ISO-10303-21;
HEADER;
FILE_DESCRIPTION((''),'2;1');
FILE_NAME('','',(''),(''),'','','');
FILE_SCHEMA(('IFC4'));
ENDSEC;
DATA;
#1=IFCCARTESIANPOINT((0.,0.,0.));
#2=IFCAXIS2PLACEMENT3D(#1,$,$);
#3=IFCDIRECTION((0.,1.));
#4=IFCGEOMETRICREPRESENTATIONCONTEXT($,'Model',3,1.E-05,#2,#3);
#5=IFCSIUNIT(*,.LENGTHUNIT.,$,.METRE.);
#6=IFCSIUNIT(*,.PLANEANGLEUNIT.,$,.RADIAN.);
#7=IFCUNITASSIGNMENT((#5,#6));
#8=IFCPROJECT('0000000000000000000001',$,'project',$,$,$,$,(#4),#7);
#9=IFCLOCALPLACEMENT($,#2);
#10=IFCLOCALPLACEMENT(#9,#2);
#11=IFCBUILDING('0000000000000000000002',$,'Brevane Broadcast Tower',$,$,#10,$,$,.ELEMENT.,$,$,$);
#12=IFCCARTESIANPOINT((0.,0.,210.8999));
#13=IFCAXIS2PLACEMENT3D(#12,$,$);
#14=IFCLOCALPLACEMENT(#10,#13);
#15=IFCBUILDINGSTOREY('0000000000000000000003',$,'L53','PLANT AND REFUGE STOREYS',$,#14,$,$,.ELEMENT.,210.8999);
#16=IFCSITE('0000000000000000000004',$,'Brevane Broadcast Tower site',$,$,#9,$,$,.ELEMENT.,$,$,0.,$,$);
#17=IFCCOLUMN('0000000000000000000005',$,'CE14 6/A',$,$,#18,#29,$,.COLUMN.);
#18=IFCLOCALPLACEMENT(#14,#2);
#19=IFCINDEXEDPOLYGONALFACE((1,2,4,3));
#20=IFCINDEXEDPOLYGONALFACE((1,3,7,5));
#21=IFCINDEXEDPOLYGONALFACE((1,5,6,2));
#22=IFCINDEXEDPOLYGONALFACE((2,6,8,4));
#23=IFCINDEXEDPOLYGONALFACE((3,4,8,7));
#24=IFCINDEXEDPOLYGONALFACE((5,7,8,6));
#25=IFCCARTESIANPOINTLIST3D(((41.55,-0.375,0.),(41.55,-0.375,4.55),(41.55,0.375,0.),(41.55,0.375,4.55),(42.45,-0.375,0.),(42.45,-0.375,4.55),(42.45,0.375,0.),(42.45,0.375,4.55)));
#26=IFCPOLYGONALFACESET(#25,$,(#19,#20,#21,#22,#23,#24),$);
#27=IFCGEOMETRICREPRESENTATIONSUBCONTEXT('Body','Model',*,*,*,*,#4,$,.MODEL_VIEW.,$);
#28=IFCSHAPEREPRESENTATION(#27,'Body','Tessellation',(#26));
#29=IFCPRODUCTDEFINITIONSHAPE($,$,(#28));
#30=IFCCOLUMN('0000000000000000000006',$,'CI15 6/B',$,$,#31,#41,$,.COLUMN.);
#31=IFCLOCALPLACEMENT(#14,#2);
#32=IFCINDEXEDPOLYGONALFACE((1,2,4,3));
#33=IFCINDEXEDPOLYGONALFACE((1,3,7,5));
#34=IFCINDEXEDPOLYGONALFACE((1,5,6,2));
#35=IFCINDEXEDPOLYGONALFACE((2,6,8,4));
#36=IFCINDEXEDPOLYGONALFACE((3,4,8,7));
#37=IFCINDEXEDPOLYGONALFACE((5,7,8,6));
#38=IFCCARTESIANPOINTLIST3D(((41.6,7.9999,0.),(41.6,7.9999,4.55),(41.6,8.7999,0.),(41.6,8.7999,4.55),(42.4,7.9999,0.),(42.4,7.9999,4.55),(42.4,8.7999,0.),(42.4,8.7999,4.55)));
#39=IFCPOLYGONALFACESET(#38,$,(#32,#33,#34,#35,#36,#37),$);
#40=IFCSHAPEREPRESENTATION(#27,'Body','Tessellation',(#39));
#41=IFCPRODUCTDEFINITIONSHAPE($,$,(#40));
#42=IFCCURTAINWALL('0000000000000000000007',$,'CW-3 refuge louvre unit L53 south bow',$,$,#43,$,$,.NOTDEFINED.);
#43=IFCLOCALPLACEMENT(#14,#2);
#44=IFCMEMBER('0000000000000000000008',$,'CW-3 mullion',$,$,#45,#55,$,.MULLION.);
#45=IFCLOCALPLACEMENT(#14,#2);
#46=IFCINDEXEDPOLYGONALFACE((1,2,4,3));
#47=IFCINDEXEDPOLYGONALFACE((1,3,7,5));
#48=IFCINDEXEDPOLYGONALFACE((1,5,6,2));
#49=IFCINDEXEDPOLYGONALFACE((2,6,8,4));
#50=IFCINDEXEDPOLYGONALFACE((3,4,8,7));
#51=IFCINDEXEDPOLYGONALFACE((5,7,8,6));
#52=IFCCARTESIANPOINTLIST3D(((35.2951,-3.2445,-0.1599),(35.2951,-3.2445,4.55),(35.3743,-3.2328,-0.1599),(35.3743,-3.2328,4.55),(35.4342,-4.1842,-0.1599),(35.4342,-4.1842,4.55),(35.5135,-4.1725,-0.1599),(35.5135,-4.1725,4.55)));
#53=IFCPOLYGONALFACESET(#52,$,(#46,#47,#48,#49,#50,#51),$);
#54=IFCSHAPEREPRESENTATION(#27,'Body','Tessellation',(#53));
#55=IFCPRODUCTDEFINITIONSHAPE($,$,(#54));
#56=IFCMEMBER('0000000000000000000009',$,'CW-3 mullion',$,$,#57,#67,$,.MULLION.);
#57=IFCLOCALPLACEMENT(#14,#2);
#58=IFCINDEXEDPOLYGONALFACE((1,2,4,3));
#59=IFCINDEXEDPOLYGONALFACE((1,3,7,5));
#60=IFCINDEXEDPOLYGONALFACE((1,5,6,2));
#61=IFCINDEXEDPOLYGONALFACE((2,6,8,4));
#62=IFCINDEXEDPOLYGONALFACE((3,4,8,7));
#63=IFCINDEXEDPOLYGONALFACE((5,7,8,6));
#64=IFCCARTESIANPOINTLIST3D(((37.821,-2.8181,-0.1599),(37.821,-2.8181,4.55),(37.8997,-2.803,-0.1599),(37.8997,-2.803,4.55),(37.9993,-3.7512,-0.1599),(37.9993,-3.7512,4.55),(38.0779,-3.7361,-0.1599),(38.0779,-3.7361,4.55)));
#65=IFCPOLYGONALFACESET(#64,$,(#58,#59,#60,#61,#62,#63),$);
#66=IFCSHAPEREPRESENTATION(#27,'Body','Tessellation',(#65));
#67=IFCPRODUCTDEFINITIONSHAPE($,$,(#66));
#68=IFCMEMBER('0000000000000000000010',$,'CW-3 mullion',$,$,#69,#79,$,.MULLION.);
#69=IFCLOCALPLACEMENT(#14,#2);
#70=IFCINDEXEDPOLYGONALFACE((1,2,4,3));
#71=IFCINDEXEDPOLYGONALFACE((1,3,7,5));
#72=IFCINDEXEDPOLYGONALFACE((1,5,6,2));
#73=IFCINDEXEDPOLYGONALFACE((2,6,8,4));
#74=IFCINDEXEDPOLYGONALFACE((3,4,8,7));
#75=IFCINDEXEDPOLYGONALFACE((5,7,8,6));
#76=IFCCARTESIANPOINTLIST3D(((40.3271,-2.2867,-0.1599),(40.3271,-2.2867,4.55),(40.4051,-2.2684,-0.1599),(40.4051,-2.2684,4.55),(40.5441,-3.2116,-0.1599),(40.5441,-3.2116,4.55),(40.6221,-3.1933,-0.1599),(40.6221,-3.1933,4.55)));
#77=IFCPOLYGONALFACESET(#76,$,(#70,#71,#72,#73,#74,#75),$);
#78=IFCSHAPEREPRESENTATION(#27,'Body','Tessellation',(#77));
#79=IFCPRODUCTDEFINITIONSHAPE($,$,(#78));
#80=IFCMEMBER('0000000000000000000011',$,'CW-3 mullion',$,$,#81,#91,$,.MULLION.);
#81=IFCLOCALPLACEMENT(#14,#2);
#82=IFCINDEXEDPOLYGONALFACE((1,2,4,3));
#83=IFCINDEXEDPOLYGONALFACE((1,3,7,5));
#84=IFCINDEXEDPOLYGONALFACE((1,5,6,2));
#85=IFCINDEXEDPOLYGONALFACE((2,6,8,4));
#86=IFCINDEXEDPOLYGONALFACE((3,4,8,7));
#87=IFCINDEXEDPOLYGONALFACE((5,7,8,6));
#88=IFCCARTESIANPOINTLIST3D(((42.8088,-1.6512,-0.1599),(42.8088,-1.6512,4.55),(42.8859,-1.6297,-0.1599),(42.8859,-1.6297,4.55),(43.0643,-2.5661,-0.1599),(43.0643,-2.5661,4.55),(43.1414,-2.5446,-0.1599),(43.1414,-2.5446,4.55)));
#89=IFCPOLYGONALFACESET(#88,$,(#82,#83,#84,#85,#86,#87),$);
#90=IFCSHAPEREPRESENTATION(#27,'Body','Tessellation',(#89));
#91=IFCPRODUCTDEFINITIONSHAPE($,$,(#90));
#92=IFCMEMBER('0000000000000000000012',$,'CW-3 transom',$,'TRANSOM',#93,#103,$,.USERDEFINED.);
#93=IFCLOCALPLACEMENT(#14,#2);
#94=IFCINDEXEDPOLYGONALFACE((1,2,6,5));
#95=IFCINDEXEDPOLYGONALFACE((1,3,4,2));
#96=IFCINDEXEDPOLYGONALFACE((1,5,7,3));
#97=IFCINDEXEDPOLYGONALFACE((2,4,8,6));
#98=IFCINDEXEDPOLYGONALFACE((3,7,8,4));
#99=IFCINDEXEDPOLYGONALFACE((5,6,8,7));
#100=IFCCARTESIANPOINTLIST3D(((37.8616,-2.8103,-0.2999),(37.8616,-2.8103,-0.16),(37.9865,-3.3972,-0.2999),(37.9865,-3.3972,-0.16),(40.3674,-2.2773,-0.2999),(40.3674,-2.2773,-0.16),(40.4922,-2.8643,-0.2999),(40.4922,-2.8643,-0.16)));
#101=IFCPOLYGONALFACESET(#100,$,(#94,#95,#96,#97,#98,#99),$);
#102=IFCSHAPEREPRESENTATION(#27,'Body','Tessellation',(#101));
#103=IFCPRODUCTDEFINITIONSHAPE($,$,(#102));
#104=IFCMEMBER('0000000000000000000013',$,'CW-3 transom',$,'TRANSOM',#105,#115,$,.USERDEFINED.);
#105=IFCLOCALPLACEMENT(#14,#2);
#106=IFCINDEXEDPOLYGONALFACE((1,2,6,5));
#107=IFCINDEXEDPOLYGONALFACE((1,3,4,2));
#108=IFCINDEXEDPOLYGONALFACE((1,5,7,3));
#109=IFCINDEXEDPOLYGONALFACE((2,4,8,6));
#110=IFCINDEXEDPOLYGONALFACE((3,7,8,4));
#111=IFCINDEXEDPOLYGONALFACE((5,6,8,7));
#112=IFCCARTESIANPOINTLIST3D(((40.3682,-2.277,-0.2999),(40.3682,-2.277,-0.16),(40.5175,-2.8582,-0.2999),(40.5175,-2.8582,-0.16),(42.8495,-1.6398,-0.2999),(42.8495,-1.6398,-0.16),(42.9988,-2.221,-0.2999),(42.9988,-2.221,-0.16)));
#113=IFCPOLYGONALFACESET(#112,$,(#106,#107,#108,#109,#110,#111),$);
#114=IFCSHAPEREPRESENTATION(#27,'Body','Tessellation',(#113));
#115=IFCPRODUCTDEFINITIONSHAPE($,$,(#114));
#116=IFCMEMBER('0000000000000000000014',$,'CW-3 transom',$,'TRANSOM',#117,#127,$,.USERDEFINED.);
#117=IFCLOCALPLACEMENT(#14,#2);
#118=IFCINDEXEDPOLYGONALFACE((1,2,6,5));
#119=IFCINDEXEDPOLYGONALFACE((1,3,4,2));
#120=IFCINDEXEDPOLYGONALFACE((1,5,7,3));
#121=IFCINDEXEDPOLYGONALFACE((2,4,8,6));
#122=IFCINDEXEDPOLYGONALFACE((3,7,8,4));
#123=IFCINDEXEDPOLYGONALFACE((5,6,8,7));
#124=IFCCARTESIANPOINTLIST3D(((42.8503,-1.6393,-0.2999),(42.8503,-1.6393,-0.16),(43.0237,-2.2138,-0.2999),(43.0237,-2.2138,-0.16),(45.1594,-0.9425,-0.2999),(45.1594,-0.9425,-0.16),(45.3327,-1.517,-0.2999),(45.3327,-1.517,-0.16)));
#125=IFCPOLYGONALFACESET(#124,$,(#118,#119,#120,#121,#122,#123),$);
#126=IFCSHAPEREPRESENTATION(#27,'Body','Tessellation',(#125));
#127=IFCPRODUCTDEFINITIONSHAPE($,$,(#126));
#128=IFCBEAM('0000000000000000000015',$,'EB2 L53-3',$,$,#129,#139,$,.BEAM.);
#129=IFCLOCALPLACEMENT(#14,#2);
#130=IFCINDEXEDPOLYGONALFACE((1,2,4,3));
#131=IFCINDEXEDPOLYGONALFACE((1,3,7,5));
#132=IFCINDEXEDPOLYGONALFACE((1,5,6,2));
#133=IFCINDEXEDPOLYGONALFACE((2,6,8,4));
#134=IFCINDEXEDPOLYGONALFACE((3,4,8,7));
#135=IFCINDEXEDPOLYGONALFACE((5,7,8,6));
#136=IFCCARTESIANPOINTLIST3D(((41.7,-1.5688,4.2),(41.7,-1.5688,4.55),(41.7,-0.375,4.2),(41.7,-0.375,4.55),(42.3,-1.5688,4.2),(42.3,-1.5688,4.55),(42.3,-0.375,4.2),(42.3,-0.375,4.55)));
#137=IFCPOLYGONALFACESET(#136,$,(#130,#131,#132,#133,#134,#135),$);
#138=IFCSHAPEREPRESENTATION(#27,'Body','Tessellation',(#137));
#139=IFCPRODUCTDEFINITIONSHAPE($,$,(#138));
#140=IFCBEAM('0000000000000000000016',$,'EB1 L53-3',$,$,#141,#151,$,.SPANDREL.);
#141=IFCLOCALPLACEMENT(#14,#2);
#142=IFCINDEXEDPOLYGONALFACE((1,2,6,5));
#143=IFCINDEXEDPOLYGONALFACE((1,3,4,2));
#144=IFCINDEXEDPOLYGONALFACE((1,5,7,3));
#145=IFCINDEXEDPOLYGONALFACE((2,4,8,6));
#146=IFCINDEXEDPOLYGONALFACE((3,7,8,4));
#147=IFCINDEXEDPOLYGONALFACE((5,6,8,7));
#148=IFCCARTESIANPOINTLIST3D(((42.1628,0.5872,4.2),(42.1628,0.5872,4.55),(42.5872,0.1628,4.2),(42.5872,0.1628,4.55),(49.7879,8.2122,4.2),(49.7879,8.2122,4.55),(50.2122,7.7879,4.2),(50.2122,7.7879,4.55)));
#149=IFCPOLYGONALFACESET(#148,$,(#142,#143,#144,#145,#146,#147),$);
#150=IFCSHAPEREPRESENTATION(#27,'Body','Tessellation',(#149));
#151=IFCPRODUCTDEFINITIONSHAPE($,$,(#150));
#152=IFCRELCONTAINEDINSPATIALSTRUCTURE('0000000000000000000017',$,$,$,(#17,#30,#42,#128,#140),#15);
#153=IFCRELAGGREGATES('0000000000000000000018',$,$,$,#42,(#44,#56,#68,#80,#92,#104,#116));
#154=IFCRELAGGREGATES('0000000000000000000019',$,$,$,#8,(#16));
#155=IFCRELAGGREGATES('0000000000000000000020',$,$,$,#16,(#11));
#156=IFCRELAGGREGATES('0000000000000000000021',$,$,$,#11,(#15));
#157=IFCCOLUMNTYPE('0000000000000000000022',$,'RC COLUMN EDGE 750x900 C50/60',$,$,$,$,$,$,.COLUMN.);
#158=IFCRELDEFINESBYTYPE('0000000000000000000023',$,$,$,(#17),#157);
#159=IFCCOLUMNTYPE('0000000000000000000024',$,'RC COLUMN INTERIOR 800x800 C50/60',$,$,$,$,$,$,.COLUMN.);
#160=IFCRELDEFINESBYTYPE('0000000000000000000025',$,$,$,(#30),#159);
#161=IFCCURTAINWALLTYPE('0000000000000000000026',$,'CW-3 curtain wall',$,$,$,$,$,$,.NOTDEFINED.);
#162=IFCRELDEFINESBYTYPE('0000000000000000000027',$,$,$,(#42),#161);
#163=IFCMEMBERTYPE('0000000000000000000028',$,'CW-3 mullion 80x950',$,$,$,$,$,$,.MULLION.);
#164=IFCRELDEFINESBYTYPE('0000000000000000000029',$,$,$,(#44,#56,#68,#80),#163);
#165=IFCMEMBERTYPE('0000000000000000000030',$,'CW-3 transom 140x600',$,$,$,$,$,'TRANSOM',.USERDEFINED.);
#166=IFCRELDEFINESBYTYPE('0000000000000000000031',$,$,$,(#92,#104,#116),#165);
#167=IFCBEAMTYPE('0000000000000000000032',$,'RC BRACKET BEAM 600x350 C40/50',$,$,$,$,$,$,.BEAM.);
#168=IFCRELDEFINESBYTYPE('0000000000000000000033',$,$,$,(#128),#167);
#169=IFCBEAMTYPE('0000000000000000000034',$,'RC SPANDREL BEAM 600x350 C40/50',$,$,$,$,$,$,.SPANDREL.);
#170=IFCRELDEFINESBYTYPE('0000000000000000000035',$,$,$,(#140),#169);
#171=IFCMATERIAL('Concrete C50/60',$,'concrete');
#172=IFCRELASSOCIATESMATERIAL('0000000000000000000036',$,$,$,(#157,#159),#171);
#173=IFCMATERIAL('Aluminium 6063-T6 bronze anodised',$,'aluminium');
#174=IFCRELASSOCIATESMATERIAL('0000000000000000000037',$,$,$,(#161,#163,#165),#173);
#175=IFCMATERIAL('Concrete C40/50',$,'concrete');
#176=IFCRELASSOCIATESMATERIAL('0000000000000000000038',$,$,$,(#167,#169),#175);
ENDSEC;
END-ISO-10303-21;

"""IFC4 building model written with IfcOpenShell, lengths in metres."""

from ifc_helpers import new_model, si_unit, direction, frame, origin, origin_2d, place, context, subcontext, project, spatial, rectangle, extrude, material, material_profile, profile_set, type_object, element, aggregate, save


model = new_model("IFC4")

# Units and contexts
model_context = context("Model", 3, precision=1e-05, world=origin(), true_north=direction((0.0, 1.0)))
body_context = subcontext(model_context, "Body", "Model", "MODEL_VIEW")
ifc_project = project(units=[si_unit("LENGTHUNIT", "METRE"), si_unit("PLANEANGLEUNIT", "RADIAN")], contexts=[model_context])

# Site, building, storey
site_placement = place(None, origin())
site = spatial("IfcSite", under=ifc_project, at=site_placement, Name="Brevane Broadcast Tower site", CompositionType="ELEMENT", RefElevation=0.0)
building_placement = place(site_placement, origin())
building = spatial("IfcBuilding", under=site, at=building_placement, Name="Brevane Broadcast Tower", CompositionType="ELEMENT")
storey_placement = place(building_placement, frame((0.0, 0.0, 210.8999)))
storey = spatial("IfcBuildingStorey", under=building, at=storey_placement, Name="L53", Description="PLANT AND REFUGE STOREYS", CompositionType="ELEMENT", Elevation=210.8999)

# Columns
ifc_material_1 = material(Name="Concrete C50/60", Category="concrete")
ifc_material_profile_1 = material_profile(ifc_material_1, rectangle(XDim=0.75, YDim=0.8999, at=origin_2d()), Name="RC 750x900")
ifc_profile_set_1 = profile_set([ifc_material_profile_1], Name="Concrete C50/60")
column_type_1 = type_object("IfcColumnType", Name="RC COLUMN EDGE 750x900 C50/60", PredefinedType="COLUMN", material=ifc_profile_set_1)
column_1_placement = place(storey_placement, frame((42.0, 0.0, 0.0), z_axis=(0.0, 0.0, 1.0), x_axis=(0.0, 1.0, 0.0)))
element("IfcColumn", 1, at=column_1_placement, inside=storey, type_object=column_type_1, Name="CE14 6/A", PredefinedType="COLUMN", context=body_context, shape_type="SweptSolid", body=[
    extrude(rectangle(XDim=0.75, YDim=0.8999, at=origin_2d()), origin(), (0.0, 0.0, 1.0), 4.55),
])
ifc_material_profile_2 = material_profile(ifc_material_1, rectangle(XDim=0.8, YDim=0.8, at=origin_2d()), Name="RC 800x800")
ifc_profile_set_2 = profile_set([ifc_material_profile_2], Name="Concrete C50/60")
column_type_2 = type_object("IfcColumnType", Name="RC COLUMN INTERIOR 800x800 C50/60", PredefinedType="COLUMN", material=ifc_profile_set_2)
column_2_placement = place(storey_placement, frame((42.0, 8.3999, 0.0), z_axis=(0.0, 0.0, 1.0), x_axis=(1.0, 0.0, 0.0)))
element("IfcColumn", 2, at=column_2_placement, inside=storey, type_object=column_type_2, Name="CI15 6/B", PredefinedType="COLUMN", context=body_context, shape_type="SweptSolid", body=[
    extrude(rectangle(XDim=0.8, YDim=0.8, at=origin_2d()), origin(), (0.0, 0.0, 1.0), 4.55),
])

# Curtain wall, members
ifc_material_2 = material(Name="Aluminium 6063-T6 bronze anodised", Category="aluminium")
curtain_wall_type = type_object("IfcCurtainWallType", Name="CW-3 curtain wall", PredefinedType="NOTDEFINED", material=ifc_material_2)
curtain_wall_placement = place(storey_placement, origin())
curtain_wall = element("IfcCurtainWall", 3, at=curtain_wall_placement, inside=storey, type_object=curtain_wall_type, Name="CW-3 refuge louvre unit L53 south bow", PredefinedType="NOTDEFINED")
ifc_material_profile_3 = material_profile(ifc_material_2, rectangle(XDim=0.95, YDim=0.0801, at=origin_2d()), Name="RECT 80x950")
ifc_profile_set_3 = profile_set([ifc_material_profile_3], Name="Aluminium 6063-T6 bronze anodised")
member_type_1 = type_object("IfcMemberType", Name="CW-3 mullion 80x950", PredefinedType="MULLION", material=ifc_profile_set_3)
member_1_placement = place(storey_placement, frame((35.4043, -3.7085, -0.1599), z_axis=(0.0, 0.0, 1.0), x_axis=(-0.146447, 0.989218, 0.0)))
member_1 = element("IfcMember", 4, at=member_1_placement, type_object=member_type_1, Name="CW-3 mullion", PredefinedType="MULLION", context=body_context, shape_type="SweptSolid", body=[
    extrude(rectangle(XDim=0.95, YDim=0.0801, at=origin_2d()), origin(), (0.0, 0.0, 1.0), 4.71),
])
member_2_placement = place(storey_placement, frame((37.9495, -3.2771, -0.1599), z_axis=(0.0, 0.0, 1.0), x_axis=(-0.187621, 0.982242, 0.0)))
member_2 = element("IfcMember", 5, at=member_2_placement, type_object=member_type_1, Name="CW-3 mullion", PredefinedType="MULLION", context=body_context, shape_type="SweptSolid", body=[
    extrude(rectangle(XDim=0.95, YDim=0.0801, at=origin_2d()), origin(), (0.0, 0.0, 1.0), 4.71),
])
member_3_placement = place(storey_placement, frame((40.4746, -2.74, -0.1599), z_axis=(0.0, 0.0, 1.0), x_axis=(-0.228467, 0.973552, 0.0)))
member_3 = element("IfcMember", 6, at=member_3_placement, type_object=member_type_1, Name="CW-3 mullion", PredefinedType="MULLION", context=body_context, shape_type="SweptSolid", body=[
    extrude(rectangle(XDim=0.95, YDim=0.0801, at=origin_2d()), origin(), (0.0, 0.0, 1.0), 4.71),
])
member_4_placement = place(storey_placement, frame((42.9751, -2.0979, -0.1599), z_axis=(0.0, 0.0, 1.0), x_axis=(-0.268916, 0.963164, 0.0)))
member_4 = element("IfcMember", 7, at=member_4_placement, type_object=member_type_1, Name="CW-3 mullion", PredefinedType="MULLION", context=body_context, shape_type="SweptSolid", body=[
    extrude(rectangle(XDim=0.95, YDim=0.0801, at=origin_2d()), origin(), (0.0, 0.0, 1.0), 4.71),
])
ifc_material_profile_4 = material_profile(ifc_material_2, rectangle(XDim=0.6001, YDim=0.1399, at=origin_2d()), Name="RECT 140x600")
ifc_profile_set_4 = profile_set([ifc_material_profile_4], Name="Aluminium 6063-T6 bronze anodised")
member_type_2 = type_object("IfcMemberType", Name="CW-3 transom 140x600", ElementType="TRANSOM", PredefinedType="USERDEFINED", material=ifc_profile_set_4)
member_5_placement = place(storey_placement, frame((37.9241, -3.1038, -0.23), z_axis=(0.978118, 0.208051, 0.0), x_axis=(-0.208051, 0.978118, 0.0)))
member_5 = element("IfcMember", 8, at=member_5_placement, type_object=member_type_2, Name="CW-3 transom", ObjectType="TRANSOM", PredefinedType="USERDEFINED", context=body_context, shape_type="SweptSolid", body=[
    extrude(rectangle(XDim=0.6001, YDim=0.1399, at=origin_2d()), origin(), (0.0, 0.0, 1.0), 2.5618),
])
member_6_placement = place(storey_placement, frame((40.4429, -2.5676, -0.23), z_axis=(0.96857, 0.248742, 0.0), x_axis=(-0.248742, 0.96857, 0.0)))
member_6 = element("IfcMember", 9, at=member_6_placement, type_object=member_type_2, Name="CW-3 transom", ObjectType="TRANSOM", PredefinedType="USERDEFINED", context=body_context, shape_type="SweptSolid", body=[
    extrude(rectangle(XDim=0.6001, YDim=0.1399, at=origin_2d()), origin(), (0.0, 0.0, 1.0), 2.5618),
])
member_7_placement = place(storey_placement, frame((42.937, -1.9265, -0.23), z_axis=(0.957363, 0.288889, 0.0), x_axis=(-0.288889, 0.957363, 0.0)))
member_7 = element("IfcMember", 10, at=member_7_placement, type_object=member_type_2, Name="CW-3 transom", ObjectType="TRANSOM", PredefinedType="USERDEFINED", context=body_context, shape_type="SweptSolid", body=[
    extrude(rectangle(XDim=0.6001, YDim=0.1399, at=origin_2d()), origin(), (0.0, 0.0, 1.0), 2.4119),
])
aggregate(curtain_wall, [member_1, member_2, member_3, member_4, member_5, member_6, member_7])

# Beams
ifc_material_3 = material(Name="Concrete C40/50", Category="concrete")
ifc_material_profile_5 = material_profile(ifc_material_3, rectangle(XDim=0.6001, YDim=0.3501, at=origin_2d()), Name="RC 600x350")
ifc_profile_set_5 = profile_set([ifc_material_profile_5], Name="Concrete C40/50")
beam_type_1 = type_object("IfcBeamType", Name="RC BRACKET BEAM 600x350 C40/50", PredefinedType="BEAM", material=ifc_profile_set_5)
beam_1_placement = place(storey_placement, frame((42.0, -0.375, 4.375), z_axis=(0.0, -1.0, 0.0), x_axis=(1.0, 0.0, 0.0)))
element("IfcBeam", 11, at=beam_1_placement, inside=storey, type_object=beam_type_1, Name="EB2 L53-3", PredefinedType="BEAM", context=body_context, shape_type="SweptSolid", body=[
    extrude(rectangle(XDim=0.6001, YDim=0.3501, at=origin_2d()), origin(), (0.0, 0.0, 1.0), 1.1938),
])
ifc_material_profile_6 = material_profile(ifc_material_3, rectangle(XDim=0.6001, YDim=0.3501, at=origin_2d()), Name="RC 600x350")
ifc_profile_set_6 = profile_set([ifc_material_profile_6], Name="Concrete C40/50")
beam_type_2 = type_object("IfcBeamType", Name="RC SPANDREL BEAM 600x350 C40/50", PredefinedType="SPANDREL", material=ifc_profile_set_6)
beam_2_placement = place(storey_placement, frame((42.375, 0.375, 4.375), z_axis=(0.707107, 0.707107, 0.0), x_axis=(-0.707107, 0.707107, 0.0)))
element("IfcBeam", 12, at=beam_2_placement, inside=storey, type_object=beam_type_2, Name="EB1 L53-3", PredefinedType="SPANDREL", context=body_context, shape_type="SweptSolid", body=[
    extrude(rectangle(XDim=0.6001, YDim=0.3501, at=origin_2d()), origin(), (0.0, 0.0, 1.0), 10.7834),
])

save(model, "model.ifc")
